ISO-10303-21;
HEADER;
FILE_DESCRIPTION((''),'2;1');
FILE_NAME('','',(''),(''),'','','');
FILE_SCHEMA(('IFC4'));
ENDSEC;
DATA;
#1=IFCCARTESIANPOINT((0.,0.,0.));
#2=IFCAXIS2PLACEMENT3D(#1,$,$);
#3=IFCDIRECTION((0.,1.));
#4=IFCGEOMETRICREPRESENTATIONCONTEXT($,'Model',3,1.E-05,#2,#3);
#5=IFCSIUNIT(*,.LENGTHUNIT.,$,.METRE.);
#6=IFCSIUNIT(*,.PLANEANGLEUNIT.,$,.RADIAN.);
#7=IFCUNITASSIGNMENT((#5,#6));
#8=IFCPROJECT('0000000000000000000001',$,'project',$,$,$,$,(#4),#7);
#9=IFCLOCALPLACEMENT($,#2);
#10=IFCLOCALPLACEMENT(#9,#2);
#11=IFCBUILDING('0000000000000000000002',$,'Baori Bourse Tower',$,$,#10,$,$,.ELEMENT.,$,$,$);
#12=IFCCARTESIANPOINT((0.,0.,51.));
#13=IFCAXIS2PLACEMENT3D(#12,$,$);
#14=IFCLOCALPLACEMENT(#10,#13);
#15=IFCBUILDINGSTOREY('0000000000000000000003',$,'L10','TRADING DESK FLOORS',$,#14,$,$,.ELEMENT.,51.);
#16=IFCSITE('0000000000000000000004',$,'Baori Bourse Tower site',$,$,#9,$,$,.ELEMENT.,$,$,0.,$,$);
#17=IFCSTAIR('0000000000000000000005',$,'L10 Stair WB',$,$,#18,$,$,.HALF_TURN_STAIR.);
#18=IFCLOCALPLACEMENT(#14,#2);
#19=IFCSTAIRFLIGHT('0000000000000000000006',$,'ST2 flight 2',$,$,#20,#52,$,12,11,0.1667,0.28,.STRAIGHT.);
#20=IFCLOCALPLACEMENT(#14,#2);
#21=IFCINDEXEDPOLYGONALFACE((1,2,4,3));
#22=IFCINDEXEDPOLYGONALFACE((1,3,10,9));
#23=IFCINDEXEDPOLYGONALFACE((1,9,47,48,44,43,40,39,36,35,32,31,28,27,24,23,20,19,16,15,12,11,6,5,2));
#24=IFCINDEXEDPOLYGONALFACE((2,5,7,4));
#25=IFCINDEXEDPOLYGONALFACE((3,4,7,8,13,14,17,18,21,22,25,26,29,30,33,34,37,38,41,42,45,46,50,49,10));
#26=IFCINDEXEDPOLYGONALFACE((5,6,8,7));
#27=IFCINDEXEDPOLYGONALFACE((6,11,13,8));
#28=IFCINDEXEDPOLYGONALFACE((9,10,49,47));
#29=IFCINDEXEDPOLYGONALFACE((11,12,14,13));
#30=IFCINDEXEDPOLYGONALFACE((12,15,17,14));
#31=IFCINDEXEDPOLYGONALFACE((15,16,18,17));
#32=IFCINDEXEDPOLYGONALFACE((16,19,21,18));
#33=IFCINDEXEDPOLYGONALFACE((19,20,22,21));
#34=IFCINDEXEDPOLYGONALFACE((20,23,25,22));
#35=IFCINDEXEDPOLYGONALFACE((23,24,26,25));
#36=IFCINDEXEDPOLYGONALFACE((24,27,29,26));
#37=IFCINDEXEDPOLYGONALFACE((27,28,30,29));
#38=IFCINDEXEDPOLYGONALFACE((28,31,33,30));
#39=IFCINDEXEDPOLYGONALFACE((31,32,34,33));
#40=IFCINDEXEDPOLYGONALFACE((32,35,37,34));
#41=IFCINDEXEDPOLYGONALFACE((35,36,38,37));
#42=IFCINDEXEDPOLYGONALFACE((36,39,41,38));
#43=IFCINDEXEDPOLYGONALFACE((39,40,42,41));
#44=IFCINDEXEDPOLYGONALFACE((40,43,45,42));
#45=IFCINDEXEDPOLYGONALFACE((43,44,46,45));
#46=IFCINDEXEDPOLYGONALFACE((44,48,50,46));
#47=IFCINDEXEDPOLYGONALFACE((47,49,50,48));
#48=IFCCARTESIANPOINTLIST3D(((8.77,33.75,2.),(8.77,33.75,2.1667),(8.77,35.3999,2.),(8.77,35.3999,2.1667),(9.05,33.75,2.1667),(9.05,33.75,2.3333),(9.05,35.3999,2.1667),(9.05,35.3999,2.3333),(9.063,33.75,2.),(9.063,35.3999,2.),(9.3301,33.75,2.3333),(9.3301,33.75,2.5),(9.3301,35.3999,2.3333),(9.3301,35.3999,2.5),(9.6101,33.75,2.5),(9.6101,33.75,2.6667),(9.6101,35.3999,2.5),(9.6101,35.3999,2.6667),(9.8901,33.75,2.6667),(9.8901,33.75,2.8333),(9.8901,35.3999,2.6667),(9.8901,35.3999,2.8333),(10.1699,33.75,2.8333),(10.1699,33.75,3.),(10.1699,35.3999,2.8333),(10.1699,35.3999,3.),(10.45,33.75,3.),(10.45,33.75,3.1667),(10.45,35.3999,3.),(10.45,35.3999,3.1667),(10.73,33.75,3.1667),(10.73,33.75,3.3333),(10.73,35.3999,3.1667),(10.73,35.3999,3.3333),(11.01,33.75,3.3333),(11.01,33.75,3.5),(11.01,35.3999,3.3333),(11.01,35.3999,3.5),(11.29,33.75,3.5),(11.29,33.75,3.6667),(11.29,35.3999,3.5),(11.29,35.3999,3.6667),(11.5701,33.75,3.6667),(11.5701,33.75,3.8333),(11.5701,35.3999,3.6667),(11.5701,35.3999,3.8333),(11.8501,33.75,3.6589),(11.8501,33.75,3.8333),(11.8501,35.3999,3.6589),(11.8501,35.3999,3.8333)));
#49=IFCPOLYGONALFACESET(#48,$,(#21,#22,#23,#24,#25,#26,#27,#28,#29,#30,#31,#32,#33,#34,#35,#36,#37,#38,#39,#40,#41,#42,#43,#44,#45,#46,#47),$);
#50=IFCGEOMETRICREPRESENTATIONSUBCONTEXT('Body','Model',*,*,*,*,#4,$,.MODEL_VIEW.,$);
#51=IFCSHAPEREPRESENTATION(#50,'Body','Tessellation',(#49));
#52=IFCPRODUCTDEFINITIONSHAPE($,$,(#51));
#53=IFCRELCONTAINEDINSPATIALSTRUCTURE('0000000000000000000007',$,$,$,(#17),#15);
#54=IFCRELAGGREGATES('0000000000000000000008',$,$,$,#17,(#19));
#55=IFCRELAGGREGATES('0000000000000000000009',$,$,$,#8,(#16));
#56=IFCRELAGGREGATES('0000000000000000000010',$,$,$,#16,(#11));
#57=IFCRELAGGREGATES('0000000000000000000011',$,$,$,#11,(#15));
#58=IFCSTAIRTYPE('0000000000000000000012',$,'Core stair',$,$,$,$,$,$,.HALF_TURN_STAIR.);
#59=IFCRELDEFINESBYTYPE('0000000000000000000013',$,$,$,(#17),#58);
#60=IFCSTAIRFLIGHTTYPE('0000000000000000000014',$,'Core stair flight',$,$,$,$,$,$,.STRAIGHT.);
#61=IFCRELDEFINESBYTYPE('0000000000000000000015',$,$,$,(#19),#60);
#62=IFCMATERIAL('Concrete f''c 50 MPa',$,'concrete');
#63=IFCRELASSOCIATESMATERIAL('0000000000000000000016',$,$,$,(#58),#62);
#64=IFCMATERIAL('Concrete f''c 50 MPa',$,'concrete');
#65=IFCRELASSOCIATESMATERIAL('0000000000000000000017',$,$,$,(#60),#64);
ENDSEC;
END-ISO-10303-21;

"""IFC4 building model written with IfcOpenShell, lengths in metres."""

from ifc_helpers import new_model, si_unit, direction, frame, origin, place, context, subcontext, project, spatial, polyline, outline, extrude, material, type_object, element, aggregate, save


model = new_model("IFC4")

# Units and contexts
model_context = context("Model", 3, precision=1e-05, world=origin(), true_north=direction((0.0, 1.0)))
body_context = subcontext(model_context, "Body", "Model", "MODEL_VIEW")
ifc_project = project(units=[si_unit("LENGTHUNIT", "METRE"), si_unit("PLANEANGLEUNIT", "RADIAN")], contexts=[model_context])

# Site, building, storey
site_placement = place(None, origin())
site = spatial("IfcSite", under=ifc_project, at=site_placement, Name="Baori Bourse Tower site", CompositionType="ELEMENT", RefElevation=0.0)
building_placement = place(site_placement, origin())
building = spatial("IfcBuilding", under=site, at=building_placement, Name="Baori Bourse Tower", CompositionType="ELEMENT")
storey_placement = place(building_placement, frame((0.0, 0.0, 51.0)))
storey = spatial("IfcBuildingStorey", under=building, at=storey_placement, Name="L10", Description="TRADING DESK FLOORS", CompositionType="ELEMENT", Elevation=51.0)

# Stair, stair flight
ifc_material_1 = material(Name="Concrete f'c 50 MPa", Category="concrete")
stair_type = type_object("IfcStairType", Name="Core stair", PredefinedType="HALF_TURN_STAIR", material=ifc_material_1)
stair_placement = place(storey_placement, origin())
stair = element("IfcStair", 1, at=stair_placement, inside=storey, type_object=stair_type, Name="L10 Stair WB", PredefinedType="HALF_TURN_STAIR")
ifc_material_2 = material(Name="Concrete f'c 50 MPa", Category="concrete")
stair_flight_type = type_object("IfcStairFlightType", Name="Core stair flight", PredefinedType="STRAIGHT", material=ifc_material_2)
stair_flight_1_placement = place(storey_placement, frame((8.77, 34.575, 2.0), z_axis=(0.0, 0.0, 1.0), x_axis=(1.0, 0.0, 0.0)))
stair_flight_1 = element("IfcStairFlight", 2, at=stair_flight_1_placement, type_object=stair_flight_type, Name="ST2 flight 2", NumberOfRisers=12, NumberOfTreads=11, PredefinedType="STRAIGHT", RiserHeight=0.1667, TreadLength=0.28, context=body_context, shape_type="SweptSolid", body=[
    extrude(outline(polyline([(0.0, 0.0), (0.0, 0.1667), (0.28, 0.1667), (0.28, 0.3333), (0.5601, 0.3333), (0.5601, 0.5), (0.8401, 0.5), (0.8401, 0.6667), (1.1201, 0.6667), (1.1201, 0.8333), (1.3999, 0.8333), (1.3999, 1.0), (1.6799, 1.0), (1.6799, 1.1667), (1.96, 1.1667), (1.96, 1.3333), (2.24, 1.3333), (2.24, 1.5), (2.52, 1.5), (2.52, 1.6667), (2.8, 1.6667), (2.8, 1.8333), (3.0801, 1.8333), (3.0801, 2.0), (3.0801, 1.6589), (0.293, 0.0), (0.0, 0.0)])), frame((0.0, 0.825, 0.0), z_axis=(0.0, -1.0, 0.0), x_axis=(1.0, 0.0, 0.0)), (0.0, 0.0, 1.0), 1.6499),
])
aggregate(stair, [stair_flight_1])

save(model, "model.ifc")
